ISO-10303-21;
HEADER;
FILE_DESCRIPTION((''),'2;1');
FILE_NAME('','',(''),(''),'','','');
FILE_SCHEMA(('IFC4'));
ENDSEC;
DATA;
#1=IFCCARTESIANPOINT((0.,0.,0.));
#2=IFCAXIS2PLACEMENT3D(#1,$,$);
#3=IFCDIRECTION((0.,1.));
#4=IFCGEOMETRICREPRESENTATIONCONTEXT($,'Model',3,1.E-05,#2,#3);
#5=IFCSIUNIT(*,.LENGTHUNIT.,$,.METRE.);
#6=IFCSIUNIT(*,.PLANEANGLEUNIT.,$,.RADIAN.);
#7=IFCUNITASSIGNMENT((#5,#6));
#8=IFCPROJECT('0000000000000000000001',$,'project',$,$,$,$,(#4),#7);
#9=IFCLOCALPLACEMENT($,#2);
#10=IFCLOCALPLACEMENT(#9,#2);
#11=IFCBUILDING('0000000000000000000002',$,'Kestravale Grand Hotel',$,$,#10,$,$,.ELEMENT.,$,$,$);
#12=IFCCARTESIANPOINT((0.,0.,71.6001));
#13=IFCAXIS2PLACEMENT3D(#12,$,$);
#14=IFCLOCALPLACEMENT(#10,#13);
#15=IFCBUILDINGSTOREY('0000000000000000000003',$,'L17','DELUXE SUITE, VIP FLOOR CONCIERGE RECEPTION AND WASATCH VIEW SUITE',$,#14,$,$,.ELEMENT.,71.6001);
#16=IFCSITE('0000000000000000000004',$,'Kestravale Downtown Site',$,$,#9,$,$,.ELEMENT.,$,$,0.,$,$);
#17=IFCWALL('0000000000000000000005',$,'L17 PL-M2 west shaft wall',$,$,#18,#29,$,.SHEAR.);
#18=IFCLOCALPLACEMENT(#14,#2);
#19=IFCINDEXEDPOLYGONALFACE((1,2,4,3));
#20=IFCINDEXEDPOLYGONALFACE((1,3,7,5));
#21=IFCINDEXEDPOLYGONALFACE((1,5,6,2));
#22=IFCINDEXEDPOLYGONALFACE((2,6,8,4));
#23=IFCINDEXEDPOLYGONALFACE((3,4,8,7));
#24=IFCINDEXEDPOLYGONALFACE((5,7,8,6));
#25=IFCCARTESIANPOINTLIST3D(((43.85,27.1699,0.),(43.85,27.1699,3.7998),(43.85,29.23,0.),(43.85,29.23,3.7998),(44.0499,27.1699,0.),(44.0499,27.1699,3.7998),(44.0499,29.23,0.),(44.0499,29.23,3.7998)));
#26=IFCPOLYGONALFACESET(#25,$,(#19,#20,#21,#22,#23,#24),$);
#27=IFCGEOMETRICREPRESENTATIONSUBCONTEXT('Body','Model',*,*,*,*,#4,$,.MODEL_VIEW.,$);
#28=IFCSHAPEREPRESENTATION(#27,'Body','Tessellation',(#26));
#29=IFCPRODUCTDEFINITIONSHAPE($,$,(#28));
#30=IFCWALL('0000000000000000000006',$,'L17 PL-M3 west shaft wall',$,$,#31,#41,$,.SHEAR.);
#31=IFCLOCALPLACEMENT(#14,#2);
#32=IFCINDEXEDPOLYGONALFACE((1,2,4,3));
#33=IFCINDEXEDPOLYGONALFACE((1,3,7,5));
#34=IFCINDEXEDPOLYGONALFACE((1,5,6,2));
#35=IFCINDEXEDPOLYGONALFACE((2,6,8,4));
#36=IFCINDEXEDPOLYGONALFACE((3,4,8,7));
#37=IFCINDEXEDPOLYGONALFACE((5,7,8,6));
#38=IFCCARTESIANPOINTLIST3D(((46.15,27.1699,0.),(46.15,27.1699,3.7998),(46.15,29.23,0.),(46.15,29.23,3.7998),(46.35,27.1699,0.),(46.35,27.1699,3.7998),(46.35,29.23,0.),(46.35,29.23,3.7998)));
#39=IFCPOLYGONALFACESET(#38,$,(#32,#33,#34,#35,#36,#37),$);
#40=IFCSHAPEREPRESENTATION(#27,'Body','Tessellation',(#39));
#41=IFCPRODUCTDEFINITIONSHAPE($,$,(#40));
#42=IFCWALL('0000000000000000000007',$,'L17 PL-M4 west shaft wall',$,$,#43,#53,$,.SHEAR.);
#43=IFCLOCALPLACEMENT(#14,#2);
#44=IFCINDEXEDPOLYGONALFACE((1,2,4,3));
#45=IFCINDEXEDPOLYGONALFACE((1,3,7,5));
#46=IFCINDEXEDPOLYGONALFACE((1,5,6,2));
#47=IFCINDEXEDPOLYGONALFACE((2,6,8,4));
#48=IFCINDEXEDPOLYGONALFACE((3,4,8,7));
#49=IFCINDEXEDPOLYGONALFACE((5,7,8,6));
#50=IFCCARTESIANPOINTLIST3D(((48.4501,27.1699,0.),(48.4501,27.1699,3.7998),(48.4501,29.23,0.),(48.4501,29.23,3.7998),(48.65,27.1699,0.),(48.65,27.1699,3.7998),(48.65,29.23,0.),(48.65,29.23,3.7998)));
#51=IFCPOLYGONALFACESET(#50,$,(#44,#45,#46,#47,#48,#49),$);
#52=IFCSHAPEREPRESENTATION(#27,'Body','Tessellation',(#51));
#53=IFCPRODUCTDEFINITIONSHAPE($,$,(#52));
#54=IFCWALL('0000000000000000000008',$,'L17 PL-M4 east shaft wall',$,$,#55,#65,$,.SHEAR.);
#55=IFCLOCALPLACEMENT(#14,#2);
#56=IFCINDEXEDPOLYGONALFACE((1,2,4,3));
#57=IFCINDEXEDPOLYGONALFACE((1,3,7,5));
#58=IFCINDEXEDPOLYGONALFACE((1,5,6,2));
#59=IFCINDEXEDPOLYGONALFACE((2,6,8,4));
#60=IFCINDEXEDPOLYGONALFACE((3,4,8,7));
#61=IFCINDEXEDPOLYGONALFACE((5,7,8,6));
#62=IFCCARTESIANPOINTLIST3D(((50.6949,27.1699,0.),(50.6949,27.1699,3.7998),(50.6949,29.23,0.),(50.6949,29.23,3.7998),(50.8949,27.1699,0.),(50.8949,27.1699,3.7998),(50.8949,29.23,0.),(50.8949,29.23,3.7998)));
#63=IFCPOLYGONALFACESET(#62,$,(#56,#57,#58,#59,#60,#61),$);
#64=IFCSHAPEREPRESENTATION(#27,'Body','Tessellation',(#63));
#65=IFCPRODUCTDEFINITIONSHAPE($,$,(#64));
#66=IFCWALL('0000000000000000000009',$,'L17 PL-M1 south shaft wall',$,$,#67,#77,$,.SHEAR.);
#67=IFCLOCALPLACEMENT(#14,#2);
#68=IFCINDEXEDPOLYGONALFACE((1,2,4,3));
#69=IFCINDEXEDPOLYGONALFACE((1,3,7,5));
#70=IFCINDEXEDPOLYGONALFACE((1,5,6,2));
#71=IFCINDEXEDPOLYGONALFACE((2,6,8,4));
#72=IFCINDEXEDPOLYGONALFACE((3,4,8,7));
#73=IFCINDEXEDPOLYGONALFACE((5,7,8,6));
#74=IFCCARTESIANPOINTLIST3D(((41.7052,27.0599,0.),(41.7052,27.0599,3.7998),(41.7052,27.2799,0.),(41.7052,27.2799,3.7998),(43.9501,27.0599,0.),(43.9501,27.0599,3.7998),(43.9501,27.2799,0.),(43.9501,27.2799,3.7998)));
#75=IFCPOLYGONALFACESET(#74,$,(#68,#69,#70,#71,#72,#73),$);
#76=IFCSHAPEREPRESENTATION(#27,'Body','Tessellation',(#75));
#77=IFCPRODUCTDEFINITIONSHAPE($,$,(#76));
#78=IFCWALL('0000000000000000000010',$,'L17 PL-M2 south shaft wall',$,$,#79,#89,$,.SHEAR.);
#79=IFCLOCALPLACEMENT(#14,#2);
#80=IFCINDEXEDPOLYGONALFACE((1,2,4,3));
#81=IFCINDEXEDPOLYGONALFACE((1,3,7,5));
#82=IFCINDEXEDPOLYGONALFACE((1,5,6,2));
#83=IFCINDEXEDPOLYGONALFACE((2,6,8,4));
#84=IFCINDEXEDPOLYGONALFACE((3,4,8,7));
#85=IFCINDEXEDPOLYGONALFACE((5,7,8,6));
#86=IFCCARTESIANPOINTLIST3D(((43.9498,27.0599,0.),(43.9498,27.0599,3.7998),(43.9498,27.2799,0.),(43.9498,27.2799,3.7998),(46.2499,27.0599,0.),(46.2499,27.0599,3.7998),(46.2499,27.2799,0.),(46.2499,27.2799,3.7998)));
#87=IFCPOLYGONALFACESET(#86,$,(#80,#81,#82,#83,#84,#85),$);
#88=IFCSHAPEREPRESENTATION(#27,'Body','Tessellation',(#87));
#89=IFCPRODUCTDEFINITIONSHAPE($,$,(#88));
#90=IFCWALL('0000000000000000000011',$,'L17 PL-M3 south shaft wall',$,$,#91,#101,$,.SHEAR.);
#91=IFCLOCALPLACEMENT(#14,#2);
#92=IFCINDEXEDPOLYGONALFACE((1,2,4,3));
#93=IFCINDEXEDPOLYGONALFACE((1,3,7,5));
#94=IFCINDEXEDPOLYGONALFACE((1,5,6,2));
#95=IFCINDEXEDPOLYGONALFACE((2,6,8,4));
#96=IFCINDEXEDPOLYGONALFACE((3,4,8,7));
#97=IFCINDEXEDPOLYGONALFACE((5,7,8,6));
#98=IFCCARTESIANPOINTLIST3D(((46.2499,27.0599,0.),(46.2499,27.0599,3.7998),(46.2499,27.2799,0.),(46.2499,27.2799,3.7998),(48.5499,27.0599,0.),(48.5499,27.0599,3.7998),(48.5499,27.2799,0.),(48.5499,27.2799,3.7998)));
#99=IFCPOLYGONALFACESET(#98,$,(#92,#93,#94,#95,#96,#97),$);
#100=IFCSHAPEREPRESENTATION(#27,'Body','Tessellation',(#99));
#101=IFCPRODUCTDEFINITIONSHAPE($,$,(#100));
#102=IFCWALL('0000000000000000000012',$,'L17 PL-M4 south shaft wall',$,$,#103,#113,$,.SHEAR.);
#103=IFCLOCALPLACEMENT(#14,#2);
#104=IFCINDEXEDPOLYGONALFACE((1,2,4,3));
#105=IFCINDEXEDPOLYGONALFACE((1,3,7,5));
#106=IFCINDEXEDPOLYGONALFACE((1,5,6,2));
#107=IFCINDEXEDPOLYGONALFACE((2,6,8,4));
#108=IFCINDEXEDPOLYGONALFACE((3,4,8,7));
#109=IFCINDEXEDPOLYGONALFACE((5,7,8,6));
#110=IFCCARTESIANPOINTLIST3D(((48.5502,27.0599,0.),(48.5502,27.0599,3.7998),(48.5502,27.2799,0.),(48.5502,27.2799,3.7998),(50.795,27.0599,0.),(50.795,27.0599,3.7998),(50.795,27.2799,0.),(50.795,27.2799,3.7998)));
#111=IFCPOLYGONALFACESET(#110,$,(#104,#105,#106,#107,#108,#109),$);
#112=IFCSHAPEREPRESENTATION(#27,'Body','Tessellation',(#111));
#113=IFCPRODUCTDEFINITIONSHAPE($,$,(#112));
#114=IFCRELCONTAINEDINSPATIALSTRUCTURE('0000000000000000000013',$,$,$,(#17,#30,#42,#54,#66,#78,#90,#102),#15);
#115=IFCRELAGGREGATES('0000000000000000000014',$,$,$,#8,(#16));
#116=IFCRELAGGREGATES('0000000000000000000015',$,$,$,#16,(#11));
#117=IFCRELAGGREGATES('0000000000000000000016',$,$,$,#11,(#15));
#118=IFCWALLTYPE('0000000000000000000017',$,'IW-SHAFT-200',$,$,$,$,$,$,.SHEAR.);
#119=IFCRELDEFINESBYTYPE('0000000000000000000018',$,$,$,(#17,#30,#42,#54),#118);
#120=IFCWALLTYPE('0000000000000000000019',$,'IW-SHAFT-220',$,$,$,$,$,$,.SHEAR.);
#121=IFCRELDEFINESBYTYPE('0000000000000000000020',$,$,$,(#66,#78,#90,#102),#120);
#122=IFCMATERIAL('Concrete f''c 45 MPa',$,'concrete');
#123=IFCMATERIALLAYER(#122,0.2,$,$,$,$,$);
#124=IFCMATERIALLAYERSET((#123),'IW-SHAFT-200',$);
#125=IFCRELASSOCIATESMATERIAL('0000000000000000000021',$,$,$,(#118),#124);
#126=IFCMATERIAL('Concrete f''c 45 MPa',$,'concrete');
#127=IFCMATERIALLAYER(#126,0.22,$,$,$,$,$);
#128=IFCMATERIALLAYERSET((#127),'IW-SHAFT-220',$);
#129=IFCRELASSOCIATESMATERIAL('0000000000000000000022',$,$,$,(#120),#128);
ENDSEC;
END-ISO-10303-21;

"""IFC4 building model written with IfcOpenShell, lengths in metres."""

from ifc_helpers import new_model, si_unit, direction, frame, frame_2d, origin, place, context, subcontext, project, spatial, rectangle, extrude, material, layer, layer_set, type_object, element, save


model = new_model("IFC4")

# Units and contexts
model_context = context("Model", 3, precision=1e-05, world=origin(), true_north=direction((0.0, 1.0)))
body_context = subcontext(model_context, "Body", "Model", "MODEL_VIEW")
ifc_project = project(units=[si_unit("LENGTHUNIT", "METRE"), si_unit("PLANEANGLEUNIT", "RADIAN")], contexts=[model_context])

# Site, building, storey
site_placement = place(None, origin())
site = spatial("IfcSite", under=ifc_project, at=site_placement, Name="Kestravale Downtown Site", CompositionType="ELEMENT", RefElevation=0.0)
building_placement = place(site_placement, origin())
building = spatial("IfcBuilding", under=site, at=building_placement, Name="Kestravale Grand Hotel", CompositionType="ELEMENT")
storey_placement = place(building_placement, frame((0.0, 0.0, 71.6001)))
storey = spatial("IfcBuildingStorey", under=building, at=storey_placement, Name="L17", Description="DELUXE SUITE, VIP FLOOR CONCIERGE RECEPTION AND WASATCH VIEW SUITE", CompositionType="ELEMENT", Elevation=71.6001)

# Walls
ifc_material_1 = material(Name="Concrete f'c 45 MPa", Category="concrete")
ifc_layer_1 = layer(ifc_material_1, 0.2)
ifc_layer_set_1 = layer_set([ifc_layer_1], Name="IW-SHAFT-200")
wall_type_1 = type_object("IfcWallType", Name="IW-SHAFT-200", PredefinedType="SHEAR", material=ifc_layer_set_1)
for number, where, z_axis, x_axis, name in (
    (1, (43.95, 27.1699, 0.0), (0.0, 0.0, 1.0), (0.0, 1.0, 0.0), "L17 PL-M2 west shaft wall"),
    (2, (46.25, 27.1699, 0.0), (0.0, 0.0, 1.0), (0.0, 1.0, 0.0), "L17 PL-M3 west shaft wall"),
    (3, (48.55, 27.1699, 0.0), (0.0, 0.0, 1.0), (0.0, 1.0, 0.0), "L17 PL-M4 west shaft wall"),
    (4, (50.7949, 27.1699, 0.0), (0.0, 0.0, 1.0), (0.0, 1.0, 0.0), "L17 PL-M4 east shaft wall"),
):
    element("IfcWall", number, at=place(storey_placement, frame(where, z_axis=z_axis, x_axis=x_axis)), inside=storey, type_object=wall_type_1, Name=name, PredefinedType="SHEAR", context=body_context, shape_type="SweptSolid", body=[
        extrude(rectangle(XDim=2.0601, YDim=0.2, at=frame_2d((1.03, 0.0))), origin(), (0.0, 0.0, 1.0), 3.7998),
    ])
ifc_material_2 = material(Name="Concrete f'c 45 MPa", Category="concrete")
ifc_layer_2 = layer(ifc_material_2, 0.22)
ifc_layer_set_2 = layer_set([ifc_layer_2], Name="IW-SHAFT-220")
wall_type_2 = type_object("IfcWallType", Name="IW-SHAFT-220", PredefinedType="SHEAR", material=ifc_layer_set_2)
wall_1_placement = place(storey_placement, frame((41.7051, 27.1699, 0.0), z_axis=(0.0, 0.0, 1.0), x_axis=(1.0, 0.0, 0.0)))
element("IfcWall", 5, at=wall_1_placement, inside=storey, type_object=wall_type_2, Name="L17 PL-M1 south shaft wall", PredefinedType="SHEAR", context=body_context, shape_type="SweptSolid", body=[
    extrude(rectangle(XDim=2.2449, YDim=0.22, at=frame_2d((1.1226, 0.0))), origin(), (0.0, 0.0, 1.0), 3.7998),
])
for number, where, z_axis, x_axis, name in (
    (6, (43.95, 27.1699, 0.0), (0.0, 0.0, 1.0), (1.0, 0.0, 0.0), "L17 PL-M2 south shaft wall"),
    (7, (46.25, 27.1699, 0.0), (0.0, 0.0, 1.0), (1.0, 0.0, 0.0), "L17 PL-M3 south shaft wall"),
):
    element("IfcWall", number, at=place(storey_placement, frame(where, z_axis=z_axis, x_axis=x_axis)), inside=storey, type_object=wall_type_2, Name=name, PredefinedType="SHEAR", context=body_context, shape_type="SweptSolid", body=[
        extrude(rectangle(XDim=2.3, YDim=0.22, at=frame_2d((1.1499, 0.0))), origin(), (0.0, 0.0, 1.0), 3.7998),
    ])
wall_2_placement = place(storey_placement, frame((48.55, 27.1699, 0.0), z_axis=(0.0, 0.0, 1.0), x_axis=(1.0, 0.0, 0.0)))
element("IfcWall", 8, at=wall_2_placement, inside=storey, type_object=wall_type_2, Name="L17 PL-M4 south shaft wall", PredefinedType="SHEAR", context=body_context, shape_type="SweptSolid", body=[
    extrude(rectangle(XDim=2.2449, YDim=0.22, at=frame_2d((1.1226, 0.0))), origin(), (0.0, 0.0, 1.0), 3.7998),
])

save(model, "model.ifc")
